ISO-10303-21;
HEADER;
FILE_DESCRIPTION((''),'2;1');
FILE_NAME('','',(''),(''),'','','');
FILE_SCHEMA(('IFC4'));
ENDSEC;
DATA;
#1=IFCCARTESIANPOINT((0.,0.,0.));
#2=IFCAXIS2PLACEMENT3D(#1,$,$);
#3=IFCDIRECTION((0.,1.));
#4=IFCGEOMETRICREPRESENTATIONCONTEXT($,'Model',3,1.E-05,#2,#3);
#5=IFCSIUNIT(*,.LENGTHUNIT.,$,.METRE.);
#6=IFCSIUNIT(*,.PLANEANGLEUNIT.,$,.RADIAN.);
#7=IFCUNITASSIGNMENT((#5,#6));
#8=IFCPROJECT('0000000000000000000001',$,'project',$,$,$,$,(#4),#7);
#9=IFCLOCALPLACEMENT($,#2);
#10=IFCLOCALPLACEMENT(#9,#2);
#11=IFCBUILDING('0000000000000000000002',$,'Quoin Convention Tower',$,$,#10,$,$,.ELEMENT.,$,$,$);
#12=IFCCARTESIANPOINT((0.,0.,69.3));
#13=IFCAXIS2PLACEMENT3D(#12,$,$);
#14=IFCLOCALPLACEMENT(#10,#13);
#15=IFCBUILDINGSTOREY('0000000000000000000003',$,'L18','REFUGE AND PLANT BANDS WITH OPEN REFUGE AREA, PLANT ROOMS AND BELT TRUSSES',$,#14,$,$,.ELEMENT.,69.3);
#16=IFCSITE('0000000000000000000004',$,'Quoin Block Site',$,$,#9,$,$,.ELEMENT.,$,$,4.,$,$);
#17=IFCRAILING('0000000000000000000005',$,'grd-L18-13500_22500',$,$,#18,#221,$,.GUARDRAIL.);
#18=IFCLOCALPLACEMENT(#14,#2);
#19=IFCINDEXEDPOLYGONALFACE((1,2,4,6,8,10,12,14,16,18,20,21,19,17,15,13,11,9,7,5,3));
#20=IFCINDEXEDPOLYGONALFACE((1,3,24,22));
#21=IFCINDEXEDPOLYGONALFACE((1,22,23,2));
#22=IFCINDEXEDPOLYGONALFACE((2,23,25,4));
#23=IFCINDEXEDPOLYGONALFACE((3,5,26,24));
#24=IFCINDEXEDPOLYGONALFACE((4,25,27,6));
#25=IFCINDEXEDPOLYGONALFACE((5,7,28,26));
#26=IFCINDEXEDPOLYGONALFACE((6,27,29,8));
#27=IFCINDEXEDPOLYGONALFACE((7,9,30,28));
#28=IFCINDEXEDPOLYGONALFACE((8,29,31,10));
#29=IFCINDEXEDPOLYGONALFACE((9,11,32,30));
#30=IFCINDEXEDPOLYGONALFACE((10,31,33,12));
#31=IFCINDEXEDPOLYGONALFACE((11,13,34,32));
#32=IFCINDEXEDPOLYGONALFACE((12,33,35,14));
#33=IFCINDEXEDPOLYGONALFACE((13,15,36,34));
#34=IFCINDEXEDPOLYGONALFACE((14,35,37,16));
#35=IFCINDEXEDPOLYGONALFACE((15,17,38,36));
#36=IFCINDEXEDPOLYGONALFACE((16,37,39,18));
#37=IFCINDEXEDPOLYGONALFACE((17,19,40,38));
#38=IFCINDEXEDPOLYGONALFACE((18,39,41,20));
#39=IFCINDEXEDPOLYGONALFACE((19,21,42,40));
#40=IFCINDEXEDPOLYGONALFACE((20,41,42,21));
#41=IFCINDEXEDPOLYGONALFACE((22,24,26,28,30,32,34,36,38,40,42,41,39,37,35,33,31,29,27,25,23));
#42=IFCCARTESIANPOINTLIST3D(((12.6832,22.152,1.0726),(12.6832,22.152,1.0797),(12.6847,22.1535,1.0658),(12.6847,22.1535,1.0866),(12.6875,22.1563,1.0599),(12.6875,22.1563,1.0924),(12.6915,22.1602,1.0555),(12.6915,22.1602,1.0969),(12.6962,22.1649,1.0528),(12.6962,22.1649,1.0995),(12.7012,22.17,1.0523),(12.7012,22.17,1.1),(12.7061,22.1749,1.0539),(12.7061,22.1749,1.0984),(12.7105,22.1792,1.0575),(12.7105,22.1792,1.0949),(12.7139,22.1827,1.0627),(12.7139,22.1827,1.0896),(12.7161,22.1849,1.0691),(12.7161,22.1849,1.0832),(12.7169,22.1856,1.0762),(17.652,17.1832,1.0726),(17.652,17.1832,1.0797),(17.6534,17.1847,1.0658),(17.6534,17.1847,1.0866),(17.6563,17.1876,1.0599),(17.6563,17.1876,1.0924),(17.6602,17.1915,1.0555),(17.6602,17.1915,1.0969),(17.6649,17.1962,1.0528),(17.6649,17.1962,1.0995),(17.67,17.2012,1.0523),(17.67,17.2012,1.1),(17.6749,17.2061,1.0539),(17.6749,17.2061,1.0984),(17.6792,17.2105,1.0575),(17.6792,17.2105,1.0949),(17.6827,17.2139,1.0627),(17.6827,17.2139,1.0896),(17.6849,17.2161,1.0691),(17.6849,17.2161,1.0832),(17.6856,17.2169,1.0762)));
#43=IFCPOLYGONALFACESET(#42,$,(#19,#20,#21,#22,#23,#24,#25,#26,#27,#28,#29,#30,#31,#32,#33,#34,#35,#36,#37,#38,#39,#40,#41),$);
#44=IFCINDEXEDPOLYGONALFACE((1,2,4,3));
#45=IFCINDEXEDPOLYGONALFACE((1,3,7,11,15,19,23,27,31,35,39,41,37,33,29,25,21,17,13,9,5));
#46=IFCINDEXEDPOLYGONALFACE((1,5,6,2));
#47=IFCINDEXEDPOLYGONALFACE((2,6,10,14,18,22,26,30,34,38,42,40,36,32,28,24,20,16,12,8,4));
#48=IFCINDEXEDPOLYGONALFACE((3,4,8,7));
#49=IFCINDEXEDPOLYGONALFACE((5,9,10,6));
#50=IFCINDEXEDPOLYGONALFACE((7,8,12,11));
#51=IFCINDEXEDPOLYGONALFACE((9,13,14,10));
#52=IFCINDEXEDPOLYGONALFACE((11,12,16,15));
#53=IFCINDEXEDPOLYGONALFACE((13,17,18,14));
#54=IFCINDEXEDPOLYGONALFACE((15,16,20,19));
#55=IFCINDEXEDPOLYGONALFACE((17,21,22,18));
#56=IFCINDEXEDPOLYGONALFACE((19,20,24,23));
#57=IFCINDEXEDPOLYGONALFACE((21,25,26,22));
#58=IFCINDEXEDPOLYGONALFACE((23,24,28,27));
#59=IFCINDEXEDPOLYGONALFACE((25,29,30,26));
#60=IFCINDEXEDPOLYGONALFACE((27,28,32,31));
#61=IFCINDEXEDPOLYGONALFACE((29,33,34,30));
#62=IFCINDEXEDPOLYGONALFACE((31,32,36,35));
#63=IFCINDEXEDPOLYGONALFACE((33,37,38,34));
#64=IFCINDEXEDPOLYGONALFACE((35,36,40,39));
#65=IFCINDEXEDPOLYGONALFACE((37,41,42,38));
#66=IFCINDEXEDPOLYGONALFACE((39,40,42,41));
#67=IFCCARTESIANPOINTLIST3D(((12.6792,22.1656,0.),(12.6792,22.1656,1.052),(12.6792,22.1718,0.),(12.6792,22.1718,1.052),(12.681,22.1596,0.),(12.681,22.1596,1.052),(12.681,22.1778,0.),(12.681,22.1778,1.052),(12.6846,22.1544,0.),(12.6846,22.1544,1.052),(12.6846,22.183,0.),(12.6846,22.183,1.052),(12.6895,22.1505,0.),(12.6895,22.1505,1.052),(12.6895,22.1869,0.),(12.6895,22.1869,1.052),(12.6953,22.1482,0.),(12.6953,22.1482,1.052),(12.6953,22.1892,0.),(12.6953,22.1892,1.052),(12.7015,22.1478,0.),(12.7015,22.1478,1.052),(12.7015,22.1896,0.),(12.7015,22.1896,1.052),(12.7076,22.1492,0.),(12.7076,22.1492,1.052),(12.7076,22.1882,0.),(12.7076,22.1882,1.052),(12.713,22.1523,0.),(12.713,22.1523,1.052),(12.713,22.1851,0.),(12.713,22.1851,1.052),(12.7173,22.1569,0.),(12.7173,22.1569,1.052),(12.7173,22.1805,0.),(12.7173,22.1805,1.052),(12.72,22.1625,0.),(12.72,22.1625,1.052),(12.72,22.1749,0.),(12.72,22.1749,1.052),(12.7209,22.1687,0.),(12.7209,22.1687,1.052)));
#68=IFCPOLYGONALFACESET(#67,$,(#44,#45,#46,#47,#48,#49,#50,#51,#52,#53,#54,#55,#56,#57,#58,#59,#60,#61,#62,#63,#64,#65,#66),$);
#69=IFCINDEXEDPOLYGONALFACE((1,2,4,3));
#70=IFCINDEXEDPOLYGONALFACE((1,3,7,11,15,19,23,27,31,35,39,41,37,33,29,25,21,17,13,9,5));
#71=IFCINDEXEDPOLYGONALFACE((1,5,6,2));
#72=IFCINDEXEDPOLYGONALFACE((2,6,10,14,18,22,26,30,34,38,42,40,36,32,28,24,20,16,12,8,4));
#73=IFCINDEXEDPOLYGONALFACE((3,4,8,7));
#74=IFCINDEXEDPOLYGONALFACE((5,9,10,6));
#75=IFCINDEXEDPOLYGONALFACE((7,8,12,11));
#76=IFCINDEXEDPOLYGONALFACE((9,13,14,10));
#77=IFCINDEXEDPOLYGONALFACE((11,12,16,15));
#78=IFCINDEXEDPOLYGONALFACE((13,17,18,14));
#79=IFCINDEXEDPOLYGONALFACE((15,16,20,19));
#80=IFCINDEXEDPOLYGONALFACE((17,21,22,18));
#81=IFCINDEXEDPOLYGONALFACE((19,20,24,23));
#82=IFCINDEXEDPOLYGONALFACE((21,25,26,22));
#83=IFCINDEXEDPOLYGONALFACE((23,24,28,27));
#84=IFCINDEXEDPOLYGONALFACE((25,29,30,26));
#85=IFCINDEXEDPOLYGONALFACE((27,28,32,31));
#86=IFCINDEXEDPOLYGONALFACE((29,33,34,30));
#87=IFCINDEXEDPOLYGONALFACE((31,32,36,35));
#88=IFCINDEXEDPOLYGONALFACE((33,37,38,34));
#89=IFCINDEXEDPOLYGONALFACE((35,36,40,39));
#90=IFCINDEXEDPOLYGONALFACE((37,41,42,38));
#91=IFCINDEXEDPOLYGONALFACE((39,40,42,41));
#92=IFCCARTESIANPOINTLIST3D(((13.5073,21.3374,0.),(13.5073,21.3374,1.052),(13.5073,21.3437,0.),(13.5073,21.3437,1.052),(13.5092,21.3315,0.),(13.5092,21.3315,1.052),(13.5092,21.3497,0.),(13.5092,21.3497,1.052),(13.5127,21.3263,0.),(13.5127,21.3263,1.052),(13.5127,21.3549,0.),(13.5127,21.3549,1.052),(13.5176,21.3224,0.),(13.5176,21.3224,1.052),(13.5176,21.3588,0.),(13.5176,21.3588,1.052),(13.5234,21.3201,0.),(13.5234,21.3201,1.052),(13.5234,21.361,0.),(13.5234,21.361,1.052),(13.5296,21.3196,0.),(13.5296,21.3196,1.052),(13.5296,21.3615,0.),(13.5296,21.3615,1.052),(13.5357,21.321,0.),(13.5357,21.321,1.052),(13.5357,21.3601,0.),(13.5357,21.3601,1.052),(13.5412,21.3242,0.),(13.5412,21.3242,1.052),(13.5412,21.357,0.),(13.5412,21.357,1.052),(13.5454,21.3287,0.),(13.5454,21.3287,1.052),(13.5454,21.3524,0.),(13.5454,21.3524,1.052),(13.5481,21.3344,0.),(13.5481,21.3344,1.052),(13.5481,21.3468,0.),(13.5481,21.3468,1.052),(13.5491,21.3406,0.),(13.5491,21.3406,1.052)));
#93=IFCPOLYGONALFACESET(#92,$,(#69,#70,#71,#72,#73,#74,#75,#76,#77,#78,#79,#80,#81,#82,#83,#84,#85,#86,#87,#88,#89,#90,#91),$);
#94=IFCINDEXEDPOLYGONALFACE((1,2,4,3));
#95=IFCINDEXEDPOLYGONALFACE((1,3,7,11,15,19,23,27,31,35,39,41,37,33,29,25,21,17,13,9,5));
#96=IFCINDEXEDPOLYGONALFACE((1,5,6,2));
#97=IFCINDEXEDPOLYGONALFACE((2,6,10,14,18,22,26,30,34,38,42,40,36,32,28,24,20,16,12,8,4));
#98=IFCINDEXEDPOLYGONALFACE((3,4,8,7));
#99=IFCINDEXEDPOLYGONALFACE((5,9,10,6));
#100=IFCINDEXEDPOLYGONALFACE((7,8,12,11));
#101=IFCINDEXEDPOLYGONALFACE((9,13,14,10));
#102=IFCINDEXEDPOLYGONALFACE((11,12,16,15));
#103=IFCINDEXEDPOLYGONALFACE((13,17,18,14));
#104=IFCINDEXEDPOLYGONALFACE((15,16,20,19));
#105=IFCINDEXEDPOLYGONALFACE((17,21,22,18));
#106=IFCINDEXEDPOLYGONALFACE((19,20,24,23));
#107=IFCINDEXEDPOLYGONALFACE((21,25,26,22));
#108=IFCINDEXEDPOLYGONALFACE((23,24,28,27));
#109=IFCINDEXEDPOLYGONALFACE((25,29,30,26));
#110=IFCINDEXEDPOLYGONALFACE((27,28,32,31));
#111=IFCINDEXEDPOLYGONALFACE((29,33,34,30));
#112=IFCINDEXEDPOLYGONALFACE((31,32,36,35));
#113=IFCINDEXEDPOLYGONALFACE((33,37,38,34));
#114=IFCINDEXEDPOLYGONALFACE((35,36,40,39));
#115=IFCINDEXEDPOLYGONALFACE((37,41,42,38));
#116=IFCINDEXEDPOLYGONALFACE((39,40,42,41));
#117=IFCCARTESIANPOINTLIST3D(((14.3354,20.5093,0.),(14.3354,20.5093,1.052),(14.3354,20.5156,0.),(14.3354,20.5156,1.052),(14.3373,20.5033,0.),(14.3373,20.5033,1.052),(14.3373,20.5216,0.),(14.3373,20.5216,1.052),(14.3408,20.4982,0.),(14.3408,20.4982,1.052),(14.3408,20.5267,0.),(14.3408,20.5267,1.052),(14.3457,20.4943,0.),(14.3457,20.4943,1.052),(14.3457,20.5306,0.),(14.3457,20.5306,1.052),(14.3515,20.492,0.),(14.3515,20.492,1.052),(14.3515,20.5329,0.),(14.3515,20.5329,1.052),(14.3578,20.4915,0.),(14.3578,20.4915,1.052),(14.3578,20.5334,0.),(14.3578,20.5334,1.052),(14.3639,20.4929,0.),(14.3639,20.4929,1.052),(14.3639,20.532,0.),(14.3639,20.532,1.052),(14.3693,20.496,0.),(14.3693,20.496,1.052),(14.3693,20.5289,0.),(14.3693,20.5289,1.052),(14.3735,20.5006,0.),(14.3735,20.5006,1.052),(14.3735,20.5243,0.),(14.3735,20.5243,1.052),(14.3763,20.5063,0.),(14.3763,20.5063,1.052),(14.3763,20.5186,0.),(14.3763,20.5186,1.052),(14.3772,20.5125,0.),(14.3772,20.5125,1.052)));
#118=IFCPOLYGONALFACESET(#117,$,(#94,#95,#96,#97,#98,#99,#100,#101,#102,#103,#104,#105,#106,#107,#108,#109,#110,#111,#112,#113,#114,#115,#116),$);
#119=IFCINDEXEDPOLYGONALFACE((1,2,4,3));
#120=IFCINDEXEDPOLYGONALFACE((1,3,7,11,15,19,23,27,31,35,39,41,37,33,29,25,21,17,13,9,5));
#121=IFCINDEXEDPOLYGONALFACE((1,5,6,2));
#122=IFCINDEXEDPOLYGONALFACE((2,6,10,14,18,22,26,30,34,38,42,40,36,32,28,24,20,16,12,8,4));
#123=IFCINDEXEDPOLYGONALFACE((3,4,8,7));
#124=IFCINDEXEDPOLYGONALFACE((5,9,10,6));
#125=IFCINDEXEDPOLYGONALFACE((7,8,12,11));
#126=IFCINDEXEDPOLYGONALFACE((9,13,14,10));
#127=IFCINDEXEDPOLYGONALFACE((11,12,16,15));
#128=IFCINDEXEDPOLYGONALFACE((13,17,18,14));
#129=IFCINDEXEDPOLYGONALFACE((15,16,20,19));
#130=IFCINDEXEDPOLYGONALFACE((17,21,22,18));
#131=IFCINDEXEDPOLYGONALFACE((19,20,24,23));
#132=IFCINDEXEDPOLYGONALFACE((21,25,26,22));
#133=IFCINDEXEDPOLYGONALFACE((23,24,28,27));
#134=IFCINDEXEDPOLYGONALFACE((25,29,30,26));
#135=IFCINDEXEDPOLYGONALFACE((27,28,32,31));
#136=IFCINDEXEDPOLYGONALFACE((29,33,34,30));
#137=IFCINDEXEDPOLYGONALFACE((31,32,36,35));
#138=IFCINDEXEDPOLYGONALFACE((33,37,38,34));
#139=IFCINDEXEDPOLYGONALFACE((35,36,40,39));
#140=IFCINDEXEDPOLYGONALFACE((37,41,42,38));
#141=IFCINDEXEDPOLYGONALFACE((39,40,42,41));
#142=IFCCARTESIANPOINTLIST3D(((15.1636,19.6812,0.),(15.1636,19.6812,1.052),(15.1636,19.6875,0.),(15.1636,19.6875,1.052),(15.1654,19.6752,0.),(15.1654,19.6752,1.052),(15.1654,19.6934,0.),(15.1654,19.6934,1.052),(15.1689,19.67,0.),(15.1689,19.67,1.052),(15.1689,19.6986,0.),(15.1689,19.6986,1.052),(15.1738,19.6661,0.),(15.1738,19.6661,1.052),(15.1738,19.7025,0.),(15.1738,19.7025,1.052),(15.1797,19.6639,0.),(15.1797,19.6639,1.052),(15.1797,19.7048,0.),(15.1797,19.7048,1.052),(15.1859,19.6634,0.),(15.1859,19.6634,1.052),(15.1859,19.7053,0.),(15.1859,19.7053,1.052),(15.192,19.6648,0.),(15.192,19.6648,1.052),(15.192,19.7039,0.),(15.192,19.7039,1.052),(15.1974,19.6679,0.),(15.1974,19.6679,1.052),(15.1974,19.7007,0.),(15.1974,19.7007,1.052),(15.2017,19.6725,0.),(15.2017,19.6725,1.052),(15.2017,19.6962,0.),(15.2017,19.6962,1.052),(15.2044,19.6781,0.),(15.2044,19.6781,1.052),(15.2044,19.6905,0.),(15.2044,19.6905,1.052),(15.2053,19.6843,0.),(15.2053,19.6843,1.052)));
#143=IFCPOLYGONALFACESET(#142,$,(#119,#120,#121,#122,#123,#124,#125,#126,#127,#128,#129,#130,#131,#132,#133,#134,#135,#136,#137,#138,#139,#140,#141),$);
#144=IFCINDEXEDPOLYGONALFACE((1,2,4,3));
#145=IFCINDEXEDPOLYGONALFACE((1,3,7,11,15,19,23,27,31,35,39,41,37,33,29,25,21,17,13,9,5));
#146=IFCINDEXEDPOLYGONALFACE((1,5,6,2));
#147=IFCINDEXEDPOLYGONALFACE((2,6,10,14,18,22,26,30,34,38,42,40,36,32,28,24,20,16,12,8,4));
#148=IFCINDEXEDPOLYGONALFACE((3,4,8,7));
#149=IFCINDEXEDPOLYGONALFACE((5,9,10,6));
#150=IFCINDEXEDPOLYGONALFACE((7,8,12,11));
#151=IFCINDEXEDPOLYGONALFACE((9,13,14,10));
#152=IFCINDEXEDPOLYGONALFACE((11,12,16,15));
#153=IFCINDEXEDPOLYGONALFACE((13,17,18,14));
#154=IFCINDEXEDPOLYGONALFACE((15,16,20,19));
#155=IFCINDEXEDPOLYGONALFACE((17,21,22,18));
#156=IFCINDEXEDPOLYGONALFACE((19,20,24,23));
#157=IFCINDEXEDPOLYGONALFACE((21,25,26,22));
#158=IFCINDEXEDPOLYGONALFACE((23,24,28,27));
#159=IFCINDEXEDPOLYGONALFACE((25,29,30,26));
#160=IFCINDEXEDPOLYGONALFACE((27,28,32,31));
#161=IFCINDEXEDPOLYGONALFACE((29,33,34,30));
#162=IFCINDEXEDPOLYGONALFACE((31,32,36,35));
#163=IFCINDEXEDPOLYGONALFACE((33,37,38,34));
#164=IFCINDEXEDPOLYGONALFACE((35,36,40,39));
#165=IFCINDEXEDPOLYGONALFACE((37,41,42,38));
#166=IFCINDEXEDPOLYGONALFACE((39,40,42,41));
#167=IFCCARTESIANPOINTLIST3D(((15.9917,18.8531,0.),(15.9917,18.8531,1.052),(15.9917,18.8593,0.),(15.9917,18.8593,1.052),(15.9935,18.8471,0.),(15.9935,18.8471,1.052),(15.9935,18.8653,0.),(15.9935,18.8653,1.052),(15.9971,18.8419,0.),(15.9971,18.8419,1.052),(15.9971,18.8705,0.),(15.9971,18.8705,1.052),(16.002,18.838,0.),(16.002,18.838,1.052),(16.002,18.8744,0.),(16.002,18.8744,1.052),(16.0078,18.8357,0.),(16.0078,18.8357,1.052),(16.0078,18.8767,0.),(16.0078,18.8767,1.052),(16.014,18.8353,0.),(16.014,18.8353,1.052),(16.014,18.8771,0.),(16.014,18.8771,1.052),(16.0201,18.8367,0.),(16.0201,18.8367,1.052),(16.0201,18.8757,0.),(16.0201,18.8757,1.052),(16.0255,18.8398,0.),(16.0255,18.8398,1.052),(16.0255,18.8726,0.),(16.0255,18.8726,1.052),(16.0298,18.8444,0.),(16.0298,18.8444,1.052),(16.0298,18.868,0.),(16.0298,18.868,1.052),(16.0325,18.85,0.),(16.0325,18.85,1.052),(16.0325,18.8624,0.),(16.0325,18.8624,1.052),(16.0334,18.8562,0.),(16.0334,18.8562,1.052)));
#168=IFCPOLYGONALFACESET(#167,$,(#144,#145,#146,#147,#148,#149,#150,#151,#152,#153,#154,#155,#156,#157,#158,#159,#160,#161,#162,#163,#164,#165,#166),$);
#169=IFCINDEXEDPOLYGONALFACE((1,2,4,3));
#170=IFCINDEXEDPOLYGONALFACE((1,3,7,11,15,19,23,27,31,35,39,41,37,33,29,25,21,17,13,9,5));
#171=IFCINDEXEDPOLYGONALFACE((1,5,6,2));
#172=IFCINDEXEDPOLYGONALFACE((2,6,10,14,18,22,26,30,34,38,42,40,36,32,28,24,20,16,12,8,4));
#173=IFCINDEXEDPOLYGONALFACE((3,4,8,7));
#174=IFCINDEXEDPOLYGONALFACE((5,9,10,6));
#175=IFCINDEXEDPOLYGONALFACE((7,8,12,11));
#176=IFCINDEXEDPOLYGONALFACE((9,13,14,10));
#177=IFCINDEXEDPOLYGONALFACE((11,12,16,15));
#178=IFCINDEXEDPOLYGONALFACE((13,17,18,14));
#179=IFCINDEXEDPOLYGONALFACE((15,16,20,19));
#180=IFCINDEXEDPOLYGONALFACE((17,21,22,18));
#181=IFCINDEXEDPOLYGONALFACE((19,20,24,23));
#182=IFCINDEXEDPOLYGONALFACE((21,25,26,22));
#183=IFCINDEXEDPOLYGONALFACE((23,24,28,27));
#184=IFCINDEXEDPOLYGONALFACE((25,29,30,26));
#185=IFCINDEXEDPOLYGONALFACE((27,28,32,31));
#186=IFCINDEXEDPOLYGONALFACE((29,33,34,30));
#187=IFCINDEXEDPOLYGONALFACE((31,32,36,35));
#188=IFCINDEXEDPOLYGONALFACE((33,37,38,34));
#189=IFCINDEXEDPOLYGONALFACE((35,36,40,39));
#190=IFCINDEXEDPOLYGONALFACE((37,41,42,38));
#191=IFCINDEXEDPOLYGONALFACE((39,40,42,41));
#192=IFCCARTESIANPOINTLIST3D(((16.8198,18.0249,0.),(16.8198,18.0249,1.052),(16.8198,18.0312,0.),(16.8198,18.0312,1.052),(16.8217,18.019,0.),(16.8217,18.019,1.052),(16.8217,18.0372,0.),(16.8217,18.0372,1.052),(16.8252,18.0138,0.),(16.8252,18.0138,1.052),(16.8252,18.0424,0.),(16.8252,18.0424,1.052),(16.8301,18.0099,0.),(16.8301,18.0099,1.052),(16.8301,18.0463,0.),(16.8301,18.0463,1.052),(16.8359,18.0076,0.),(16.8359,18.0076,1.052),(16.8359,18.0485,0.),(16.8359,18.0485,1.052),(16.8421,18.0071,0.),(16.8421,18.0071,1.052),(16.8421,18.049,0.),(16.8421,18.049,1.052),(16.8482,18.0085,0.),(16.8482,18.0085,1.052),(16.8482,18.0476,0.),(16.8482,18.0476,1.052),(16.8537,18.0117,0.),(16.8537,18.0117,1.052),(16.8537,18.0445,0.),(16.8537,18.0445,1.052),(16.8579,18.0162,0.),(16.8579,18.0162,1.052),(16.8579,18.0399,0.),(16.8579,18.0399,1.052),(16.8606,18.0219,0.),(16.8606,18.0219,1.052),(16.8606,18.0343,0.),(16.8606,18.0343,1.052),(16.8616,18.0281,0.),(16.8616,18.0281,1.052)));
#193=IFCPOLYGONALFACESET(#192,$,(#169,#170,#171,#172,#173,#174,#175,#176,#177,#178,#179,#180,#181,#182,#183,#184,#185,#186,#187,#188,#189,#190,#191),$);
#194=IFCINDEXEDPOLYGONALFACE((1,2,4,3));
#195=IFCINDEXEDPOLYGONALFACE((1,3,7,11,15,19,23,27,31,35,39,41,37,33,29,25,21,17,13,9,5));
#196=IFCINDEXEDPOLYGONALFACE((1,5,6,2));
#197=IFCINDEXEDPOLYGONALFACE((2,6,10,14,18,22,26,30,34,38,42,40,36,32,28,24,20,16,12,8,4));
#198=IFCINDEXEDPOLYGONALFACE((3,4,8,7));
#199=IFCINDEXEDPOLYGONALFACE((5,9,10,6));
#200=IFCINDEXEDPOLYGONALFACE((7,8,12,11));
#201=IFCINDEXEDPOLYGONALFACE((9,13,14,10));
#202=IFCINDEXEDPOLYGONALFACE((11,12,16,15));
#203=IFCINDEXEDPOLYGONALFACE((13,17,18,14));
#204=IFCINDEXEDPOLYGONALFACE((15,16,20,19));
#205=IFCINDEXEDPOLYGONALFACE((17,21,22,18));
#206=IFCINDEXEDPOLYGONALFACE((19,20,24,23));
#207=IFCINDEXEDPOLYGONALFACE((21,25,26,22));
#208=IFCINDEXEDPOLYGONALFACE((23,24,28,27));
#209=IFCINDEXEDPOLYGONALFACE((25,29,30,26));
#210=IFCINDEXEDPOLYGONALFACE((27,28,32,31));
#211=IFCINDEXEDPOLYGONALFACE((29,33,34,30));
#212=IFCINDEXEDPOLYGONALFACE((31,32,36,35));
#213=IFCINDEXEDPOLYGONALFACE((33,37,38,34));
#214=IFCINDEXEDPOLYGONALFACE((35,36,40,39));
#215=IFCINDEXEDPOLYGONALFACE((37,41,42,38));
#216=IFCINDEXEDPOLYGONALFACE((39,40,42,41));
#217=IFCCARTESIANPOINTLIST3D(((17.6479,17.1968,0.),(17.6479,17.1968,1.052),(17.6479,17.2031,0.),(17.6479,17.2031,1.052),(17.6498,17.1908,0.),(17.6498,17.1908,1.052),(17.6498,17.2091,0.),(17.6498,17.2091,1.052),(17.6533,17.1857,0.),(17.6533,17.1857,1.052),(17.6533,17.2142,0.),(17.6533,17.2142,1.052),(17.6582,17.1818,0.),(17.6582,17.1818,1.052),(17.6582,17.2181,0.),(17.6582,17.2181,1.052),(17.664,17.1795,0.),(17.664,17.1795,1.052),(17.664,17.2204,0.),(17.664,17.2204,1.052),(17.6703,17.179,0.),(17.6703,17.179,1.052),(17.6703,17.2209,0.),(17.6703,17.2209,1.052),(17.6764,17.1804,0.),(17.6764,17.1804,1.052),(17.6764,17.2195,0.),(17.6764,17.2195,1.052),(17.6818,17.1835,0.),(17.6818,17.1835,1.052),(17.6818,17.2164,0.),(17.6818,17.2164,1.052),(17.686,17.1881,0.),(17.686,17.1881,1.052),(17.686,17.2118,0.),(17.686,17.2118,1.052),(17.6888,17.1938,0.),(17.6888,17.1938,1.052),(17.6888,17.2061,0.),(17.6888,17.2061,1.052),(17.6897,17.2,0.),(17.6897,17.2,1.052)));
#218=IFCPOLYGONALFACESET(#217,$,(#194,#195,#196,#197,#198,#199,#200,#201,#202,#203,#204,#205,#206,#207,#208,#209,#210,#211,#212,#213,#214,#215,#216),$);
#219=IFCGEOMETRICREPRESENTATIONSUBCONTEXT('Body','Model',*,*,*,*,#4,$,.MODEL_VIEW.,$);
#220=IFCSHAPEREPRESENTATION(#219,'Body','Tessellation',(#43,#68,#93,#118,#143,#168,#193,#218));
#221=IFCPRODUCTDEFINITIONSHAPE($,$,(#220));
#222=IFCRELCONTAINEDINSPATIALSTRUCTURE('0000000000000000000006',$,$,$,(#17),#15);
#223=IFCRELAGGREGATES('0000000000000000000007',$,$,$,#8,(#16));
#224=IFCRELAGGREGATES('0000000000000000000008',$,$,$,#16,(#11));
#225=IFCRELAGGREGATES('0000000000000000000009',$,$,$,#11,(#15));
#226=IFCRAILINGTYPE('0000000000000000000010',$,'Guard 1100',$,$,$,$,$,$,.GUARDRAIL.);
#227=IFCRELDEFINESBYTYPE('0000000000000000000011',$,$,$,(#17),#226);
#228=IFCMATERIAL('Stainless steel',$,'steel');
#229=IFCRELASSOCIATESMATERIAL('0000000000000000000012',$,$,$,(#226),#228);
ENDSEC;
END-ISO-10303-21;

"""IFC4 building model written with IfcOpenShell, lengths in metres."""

from ifc_helpers import new_model, si_unit, direction, frame, origin, origin_2d, place, context, subcontext, project, spatial, circle, extrude, material, type_object, element, save


model = new_model("IFC4")

# Units and contexts
model_context = context("Model", 3, precision=1e-05, world=origin(), true_north=direction((0.0, 1.0)))
body_context = subcontext(model_context, "Body", "Model", "MODEL_VIEW")
ifc_project = project(units=[si_unit("LENGTHUNIT", "METRE"), si_unit("PLANEANGLEUNIT", "RADIAN")], contexts=[model_context])

# Site, building, storey
site_placement = place(None, origin())
site = spatial("IfcSite", under=ifc_project, at=site_placement, Name="Quoin Block Site", CompositionType="ELEMENT", RefElevation=4.0)
building_placement = place(site_placement, origin())
building = spatial("IfcBuilding", under=site, at=building_placement, Name="Quoin Convention Tower", CompositionType="ELEMENT")
storey_placement = place(building_placement, frame((0.0, 0.0, 69.3)))
storey = spatial("IfcBuildingStorey", under=building, at=storey_placement, Name="L18", Description="REFUGE AND PLANT BANDS WITH OPEN REFUGE AREA, PLANT ROOMS AND BELT TRUSSES", CompositionType="ELEMENT", Elevation=69.3)

# Railing
ifc_material_1 = material(Name="Stainless steel", Category="steel")
railing_type = type_object("IfcRailingType", Name="Guard 1100", PredefinedType="GUARDRAIL", material=ifc_material_1)
railing_placement = place(storey_placement, frame((12.7, 22.1687, 0.0)))
element("IfcRailing", 1, at=railing_placement, inside=storey, type_object=railing_type, Name="grd-L18-13500_22500", PredefinedType="GUARDRAIL", context=body_context, shape_type="SweptSolid", body=[
    extrude(circle(Radius=0.0239, at=origin_2d()), frame((0.0, 0.0, 1.0762), z_axis=(0.707107, -0.707107, 0.0), x_axis=(0.707107, 0.707107, 0.0)), (0.0, 0.0, 1.0), 7.0269),
    extrude(circle(Radius=0.021, at=origin_2d()), origin(), (0.0, 0.0, 1.0), 1.052),
    extrude(circle(Radius=0.021, at=origin_2d()), frame((0.8281, -0.8281, 0.0)), (0.0, 0.0, 1.0), 1.052),
    extrude(circle(Radius=0.021, at=origin_2d()), frame((1.6562, -1.6562, 0.0)), (0.0, 0.0, 1.0), 1.052),
    extrude(circle(Radius=0.021, at=origin_2d()), frame((2.4844, -2.4844, 0.0)), (0.0, 0.0, 1.0), 1.052),
    extrude(circle(Radius=0.021, at=origin_2d()), frame((3.3125, -3.3125, 0.0)), (0.0, 0.0, 1.0), 1.052),
    extrude(circle(Radius=0.021, at=origin_2d()), frame((4.1406, -4.1406, 0.0)), (0.0, 0.0, 1.0), 1.052),
    extrude(circle(Radius=0.021, at=origin_2d()), frame((4.9688, -4.9688, 0.0)), (0.0, 0.0, 1.0), 1.052),
])

save(model, "model.ifc")
